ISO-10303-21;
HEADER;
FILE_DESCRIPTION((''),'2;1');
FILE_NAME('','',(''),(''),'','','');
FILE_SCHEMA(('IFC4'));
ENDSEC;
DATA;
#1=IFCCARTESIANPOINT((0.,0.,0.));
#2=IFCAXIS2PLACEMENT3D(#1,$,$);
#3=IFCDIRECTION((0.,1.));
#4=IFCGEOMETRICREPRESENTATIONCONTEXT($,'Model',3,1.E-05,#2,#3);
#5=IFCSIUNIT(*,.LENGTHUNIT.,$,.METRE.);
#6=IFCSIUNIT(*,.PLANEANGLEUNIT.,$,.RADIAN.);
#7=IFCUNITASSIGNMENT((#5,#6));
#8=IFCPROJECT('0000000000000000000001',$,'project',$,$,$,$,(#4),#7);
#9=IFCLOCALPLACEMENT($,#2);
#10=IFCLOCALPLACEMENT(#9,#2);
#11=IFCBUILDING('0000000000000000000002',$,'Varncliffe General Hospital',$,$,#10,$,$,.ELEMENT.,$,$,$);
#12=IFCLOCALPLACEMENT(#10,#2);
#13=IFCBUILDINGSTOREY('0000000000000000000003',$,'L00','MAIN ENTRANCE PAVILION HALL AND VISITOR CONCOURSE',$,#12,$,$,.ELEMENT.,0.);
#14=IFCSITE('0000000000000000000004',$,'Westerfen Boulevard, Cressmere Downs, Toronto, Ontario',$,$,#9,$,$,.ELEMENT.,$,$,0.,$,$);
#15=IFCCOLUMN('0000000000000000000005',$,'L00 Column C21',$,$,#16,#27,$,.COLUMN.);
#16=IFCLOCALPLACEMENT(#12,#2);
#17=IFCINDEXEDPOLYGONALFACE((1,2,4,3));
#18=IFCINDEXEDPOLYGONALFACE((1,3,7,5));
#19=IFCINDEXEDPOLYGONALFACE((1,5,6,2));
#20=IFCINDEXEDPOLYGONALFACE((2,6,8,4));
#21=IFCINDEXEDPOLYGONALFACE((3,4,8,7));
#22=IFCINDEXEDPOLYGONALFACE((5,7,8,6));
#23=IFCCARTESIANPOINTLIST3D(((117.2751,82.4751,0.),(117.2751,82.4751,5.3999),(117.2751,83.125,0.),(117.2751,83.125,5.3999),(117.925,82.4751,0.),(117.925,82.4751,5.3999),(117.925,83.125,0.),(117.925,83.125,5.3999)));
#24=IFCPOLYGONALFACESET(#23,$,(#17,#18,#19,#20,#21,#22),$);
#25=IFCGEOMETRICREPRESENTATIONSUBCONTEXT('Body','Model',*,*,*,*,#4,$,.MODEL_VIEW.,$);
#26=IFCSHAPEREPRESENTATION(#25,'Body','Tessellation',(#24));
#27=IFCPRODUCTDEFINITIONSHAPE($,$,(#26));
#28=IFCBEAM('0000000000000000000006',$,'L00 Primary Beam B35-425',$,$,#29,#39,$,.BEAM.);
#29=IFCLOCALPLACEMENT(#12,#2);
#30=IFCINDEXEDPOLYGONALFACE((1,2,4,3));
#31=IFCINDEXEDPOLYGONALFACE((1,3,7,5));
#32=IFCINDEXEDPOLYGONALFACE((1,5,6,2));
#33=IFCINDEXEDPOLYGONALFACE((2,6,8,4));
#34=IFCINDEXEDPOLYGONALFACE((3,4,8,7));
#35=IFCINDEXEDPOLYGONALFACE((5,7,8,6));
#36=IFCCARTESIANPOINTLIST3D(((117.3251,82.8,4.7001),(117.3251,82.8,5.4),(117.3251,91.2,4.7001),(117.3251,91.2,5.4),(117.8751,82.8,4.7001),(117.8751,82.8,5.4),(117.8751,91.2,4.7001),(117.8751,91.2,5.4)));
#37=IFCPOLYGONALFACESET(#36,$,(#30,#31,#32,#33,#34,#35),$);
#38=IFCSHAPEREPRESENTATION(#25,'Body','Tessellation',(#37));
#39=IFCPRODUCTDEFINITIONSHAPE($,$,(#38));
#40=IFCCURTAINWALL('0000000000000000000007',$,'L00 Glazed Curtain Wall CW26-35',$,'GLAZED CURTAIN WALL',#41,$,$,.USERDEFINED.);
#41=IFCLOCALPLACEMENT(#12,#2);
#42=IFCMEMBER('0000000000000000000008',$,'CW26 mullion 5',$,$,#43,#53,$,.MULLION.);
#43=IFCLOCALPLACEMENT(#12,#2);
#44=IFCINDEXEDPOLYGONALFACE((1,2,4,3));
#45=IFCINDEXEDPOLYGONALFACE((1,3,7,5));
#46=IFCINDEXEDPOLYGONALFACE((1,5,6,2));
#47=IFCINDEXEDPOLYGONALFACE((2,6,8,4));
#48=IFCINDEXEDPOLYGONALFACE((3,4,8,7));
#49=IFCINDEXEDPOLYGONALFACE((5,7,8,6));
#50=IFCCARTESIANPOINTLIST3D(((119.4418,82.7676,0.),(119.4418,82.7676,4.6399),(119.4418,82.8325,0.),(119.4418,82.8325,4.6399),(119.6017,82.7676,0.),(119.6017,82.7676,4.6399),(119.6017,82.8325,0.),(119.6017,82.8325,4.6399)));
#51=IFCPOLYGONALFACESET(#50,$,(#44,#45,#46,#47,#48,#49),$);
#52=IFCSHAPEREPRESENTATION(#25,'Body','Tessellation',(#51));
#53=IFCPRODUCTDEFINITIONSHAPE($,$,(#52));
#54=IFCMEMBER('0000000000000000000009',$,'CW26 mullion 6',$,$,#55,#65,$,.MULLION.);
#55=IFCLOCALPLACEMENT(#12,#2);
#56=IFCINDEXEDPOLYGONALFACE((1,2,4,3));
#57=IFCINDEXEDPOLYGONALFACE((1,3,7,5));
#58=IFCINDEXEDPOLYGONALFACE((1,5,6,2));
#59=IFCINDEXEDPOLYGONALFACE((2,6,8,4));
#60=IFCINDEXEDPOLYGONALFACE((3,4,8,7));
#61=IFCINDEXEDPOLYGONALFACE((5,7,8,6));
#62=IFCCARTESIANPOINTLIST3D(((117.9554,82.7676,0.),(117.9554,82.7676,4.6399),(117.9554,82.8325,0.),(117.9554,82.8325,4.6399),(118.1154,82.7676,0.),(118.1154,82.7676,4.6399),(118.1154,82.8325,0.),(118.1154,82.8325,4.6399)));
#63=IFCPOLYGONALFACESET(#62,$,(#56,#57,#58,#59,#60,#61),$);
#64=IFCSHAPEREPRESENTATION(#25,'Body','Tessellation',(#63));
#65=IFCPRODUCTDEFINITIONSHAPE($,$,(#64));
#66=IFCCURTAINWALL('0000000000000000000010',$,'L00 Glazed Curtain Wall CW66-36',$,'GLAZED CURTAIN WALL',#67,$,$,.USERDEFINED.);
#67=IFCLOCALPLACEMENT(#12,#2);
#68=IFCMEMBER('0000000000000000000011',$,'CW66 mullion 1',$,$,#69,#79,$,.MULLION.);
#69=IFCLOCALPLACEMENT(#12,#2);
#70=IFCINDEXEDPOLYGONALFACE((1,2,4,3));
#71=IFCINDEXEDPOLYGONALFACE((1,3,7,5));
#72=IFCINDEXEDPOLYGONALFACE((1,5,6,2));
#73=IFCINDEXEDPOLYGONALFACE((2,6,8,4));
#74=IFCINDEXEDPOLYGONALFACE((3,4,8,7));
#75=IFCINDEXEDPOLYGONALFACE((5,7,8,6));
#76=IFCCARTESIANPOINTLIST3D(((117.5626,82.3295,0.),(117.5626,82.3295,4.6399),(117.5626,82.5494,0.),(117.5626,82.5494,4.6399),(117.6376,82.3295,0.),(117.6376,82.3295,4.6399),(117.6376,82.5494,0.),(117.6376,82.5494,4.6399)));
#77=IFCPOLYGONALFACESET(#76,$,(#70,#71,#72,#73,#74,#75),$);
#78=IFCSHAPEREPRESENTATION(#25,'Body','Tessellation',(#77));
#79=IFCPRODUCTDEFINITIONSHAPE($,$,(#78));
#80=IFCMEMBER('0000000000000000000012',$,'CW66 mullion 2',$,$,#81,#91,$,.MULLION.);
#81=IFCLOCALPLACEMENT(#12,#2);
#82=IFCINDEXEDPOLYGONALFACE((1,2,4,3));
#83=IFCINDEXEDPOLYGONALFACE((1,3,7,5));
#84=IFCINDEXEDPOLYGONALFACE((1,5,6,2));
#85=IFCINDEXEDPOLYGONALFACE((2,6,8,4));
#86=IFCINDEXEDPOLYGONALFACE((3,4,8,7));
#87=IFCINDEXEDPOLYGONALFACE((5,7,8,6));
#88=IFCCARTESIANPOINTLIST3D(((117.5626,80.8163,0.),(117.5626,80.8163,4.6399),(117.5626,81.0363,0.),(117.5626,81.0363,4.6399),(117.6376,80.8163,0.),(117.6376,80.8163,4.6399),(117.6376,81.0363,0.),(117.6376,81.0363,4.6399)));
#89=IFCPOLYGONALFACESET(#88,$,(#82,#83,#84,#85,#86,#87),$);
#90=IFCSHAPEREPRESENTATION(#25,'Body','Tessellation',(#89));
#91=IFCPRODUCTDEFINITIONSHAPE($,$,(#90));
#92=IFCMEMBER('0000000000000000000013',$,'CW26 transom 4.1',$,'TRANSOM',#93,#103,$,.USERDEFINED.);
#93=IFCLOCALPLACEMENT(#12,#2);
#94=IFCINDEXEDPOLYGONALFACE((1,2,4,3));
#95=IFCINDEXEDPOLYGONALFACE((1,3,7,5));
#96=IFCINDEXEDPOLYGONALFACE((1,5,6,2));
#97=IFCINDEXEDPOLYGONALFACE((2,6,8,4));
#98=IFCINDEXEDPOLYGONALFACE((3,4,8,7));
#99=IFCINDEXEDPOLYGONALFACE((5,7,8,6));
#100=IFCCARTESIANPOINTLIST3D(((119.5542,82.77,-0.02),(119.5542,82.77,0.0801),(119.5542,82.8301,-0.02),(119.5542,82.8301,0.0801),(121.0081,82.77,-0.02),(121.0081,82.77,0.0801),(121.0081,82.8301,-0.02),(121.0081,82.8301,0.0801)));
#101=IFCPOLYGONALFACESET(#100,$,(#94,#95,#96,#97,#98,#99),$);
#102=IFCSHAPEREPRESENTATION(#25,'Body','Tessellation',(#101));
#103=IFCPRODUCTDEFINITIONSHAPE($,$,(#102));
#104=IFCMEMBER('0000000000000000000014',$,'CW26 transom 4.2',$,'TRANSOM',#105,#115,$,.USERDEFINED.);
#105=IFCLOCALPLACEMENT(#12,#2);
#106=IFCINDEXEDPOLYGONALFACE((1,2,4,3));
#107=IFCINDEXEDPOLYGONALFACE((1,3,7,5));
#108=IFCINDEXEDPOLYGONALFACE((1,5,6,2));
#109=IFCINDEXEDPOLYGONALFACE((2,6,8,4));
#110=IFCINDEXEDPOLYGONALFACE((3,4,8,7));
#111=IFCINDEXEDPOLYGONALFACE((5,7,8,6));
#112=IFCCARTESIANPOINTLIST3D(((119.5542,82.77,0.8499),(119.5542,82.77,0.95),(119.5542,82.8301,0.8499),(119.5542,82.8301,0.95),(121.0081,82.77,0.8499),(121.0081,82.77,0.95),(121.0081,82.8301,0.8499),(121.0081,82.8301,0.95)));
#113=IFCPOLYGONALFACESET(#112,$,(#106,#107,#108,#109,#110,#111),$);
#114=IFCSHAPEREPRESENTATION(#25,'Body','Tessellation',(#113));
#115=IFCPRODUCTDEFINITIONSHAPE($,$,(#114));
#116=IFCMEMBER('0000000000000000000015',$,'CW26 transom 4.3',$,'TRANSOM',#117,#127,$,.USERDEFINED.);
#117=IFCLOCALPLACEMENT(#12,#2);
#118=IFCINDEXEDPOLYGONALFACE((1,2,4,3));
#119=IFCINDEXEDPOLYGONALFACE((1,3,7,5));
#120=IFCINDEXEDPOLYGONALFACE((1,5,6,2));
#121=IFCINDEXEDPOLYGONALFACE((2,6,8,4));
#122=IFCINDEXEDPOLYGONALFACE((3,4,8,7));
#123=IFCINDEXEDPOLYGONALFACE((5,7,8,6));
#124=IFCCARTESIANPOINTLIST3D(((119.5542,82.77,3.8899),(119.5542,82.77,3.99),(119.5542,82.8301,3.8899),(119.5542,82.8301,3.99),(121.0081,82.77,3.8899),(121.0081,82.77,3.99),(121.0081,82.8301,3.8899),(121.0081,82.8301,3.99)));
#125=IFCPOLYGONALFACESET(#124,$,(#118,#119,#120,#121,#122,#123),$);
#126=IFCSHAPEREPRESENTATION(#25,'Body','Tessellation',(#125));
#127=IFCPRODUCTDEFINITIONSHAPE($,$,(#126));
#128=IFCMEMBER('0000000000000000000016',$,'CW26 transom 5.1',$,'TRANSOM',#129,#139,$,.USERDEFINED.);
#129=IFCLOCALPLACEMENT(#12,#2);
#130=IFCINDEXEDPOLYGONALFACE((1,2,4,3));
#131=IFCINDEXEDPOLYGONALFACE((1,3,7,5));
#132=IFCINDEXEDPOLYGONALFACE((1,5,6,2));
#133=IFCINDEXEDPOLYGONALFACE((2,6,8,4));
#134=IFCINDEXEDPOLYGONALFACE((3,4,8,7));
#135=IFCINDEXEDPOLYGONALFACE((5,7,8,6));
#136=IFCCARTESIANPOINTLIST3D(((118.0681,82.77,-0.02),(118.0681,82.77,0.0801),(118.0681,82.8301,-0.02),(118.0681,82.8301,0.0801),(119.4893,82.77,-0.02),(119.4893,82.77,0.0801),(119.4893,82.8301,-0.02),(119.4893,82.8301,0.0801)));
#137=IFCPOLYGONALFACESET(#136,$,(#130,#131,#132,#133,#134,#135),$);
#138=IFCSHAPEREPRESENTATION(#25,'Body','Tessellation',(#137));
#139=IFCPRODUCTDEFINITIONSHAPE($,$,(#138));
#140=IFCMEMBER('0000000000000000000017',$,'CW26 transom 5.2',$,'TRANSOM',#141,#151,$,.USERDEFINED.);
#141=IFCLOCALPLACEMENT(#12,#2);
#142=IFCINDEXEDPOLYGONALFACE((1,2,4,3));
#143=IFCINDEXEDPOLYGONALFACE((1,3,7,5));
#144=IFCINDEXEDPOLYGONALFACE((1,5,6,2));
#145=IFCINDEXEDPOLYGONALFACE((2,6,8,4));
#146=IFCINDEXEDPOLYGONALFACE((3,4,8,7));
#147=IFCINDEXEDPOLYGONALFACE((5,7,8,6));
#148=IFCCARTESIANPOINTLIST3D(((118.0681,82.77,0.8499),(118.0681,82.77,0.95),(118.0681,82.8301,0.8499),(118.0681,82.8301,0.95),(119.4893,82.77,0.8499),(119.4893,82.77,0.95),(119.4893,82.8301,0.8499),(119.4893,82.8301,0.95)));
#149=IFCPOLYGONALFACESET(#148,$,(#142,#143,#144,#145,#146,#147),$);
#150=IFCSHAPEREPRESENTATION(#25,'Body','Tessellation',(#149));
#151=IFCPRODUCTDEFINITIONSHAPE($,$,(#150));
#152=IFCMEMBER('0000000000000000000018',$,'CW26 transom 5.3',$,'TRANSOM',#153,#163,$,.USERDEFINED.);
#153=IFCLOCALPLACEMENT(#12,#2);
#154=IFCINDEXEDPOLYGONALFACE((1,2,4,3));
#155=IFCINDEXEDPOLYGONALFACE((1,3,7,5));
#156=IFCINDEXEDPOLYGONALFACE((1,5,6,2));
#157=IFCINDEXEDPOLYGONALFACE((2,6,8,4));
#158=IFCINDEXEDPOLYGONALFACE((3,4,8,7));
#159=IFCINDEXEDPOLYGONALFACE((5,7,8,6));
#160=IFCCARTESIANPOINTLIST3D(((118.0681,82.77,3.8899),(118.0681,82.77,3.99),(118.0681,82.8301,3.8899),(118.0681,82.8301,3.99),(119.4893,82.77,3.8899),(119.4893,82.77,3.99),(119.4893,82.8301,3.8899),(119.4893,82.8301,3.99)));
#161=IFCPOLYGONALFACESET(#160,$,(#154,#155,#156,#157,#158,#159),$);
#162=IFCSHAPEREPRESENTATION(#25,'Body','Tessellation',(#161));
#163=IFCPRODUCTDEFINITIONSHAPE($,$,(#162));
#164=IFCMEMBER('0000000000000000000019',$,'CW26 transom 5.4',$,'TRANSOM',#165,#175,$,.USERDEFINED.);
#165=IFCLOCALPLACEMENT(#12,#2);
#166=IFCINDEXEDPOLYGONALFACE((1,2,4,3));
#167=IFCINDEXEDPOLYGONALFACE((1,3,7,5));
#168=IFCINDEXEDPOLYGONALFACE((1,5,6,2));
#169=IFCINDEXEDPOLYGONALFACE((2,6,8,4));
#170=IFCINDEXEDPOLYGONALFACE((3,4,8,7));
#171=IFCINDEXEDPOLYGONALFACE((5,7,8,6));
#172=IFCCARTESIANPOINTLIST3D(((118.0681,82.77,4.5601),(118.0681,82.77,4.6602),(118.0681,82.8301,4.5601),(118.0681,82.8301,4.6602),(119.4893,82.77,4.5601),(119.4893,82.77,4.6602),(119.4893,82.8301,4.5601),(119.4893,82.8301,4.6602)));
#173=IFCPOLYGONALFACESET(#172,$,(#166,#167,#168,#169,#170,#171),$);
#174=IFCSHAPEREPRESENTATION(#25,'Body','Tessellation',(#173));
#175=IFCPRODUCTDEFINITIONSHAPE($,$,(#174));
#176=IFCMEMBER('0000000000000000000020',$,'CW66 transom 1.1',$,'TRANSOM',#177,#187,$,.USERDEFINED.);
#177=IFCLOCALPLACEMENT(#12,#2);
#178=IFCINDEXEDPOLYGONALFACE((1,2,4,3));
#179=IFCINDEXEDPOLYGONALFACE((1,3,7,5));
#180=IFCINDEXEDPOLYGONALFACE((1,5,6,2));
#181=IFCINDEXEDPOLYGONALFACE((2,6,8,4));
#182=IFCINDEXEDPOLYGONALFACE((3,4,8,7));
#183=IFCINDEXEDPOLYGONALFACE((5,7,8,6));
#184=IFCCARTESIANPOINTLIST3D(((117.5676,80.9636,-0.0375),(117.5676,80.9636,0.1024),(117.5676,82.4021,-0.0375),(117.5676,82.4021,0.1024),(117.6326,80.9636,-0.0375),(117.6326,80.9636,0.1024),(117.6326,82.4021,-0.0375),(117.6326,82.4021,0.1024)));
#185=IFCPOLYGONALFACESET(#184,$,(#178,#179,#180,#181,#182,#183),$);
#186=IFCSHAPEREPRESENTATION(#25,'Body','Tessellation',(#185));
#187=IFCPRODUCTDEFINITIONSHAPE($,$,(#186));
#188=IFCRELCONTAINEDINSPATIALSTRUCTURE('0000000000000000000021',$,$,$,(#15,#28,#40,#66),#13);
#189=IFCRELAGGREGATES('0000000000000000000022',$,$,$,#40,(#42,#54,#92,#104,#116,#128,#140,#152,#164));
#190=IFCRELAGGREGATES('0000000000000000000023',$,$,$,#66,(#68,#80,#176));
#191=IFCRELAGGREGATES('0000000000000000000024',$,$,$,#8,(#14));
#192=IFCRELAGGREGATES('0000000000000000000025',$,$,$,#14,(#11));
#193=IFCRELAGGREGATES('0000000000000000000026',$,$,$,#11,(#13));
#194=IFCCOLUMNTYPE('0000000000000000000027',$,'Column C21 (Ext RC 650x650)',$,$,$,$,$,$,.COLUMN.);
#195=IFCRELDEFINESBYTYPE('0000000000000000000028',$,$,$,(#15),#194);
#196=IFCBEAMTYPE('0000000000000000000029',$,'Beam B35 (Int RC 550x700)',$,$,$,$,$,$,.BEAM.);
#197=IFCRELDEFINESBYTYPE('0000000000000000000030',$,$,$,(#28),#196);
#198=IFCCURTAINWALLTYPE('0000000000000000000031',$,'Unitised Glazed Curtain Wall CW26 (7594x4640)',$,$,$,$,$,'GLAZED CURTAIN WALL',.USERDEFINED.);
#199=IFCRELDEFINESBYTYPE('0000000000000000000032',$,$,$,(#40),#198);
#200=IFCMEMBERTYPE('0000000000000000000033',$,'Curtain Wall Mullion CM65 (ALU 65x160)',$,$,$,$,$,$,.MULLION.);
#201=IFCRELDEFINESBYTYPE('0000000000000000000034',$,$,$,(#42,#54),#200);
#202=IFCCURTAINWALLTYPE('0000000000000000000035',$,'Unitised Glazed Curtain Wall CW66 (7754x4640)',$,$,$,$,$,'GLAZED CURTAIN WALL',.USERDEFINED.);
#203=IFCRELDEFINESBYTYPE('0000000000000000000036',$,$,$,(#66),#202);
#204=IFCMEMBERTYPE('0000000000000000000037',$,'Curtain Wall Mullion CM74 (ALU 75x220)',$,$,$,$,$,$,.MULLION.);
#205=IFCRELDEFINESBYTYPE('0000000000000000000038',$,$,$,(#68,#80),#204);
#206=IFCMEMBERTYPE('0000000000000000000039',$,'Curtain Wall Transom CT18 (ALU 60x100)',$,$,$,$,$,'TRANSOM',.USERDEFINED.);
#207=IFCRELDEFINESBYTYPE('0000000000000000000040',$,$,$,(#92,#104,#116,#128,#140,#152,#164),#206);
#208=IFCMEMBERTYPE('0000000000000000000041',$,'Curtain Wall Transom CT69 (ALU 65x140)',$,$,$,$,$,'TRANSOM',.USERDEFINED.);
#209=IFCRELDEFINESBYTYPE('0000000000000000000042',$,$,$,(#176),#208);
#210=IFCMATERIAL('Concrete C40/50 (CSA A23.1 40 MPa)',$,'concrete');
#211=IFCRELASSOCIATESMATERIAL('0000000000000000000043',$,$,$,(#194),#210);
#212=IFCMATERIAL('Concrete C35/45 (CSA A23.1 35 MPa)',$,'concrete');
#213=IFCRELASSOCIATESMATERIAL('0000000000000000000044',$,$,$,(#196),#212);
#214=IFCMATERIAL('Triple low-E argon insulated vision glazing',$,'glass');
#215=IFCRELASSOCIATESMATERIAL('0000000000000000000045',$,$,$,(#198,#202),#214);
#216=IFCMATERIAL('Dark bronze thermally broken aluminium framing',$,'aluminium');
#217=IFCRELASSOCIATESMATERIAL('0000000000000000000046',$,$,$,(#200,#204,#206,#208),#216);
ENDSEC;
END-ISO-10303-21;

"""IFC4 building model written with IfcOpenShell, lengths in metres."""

from ifc_helpers import new_model, si_unit, direction, frame, origin, origin_2d, place, context, subcontext, project, spatial, rectangle, extrude, material, material_profile, profile_set, type_object, element, aggregate, save


model = new_model("IFC4")

# Units and contexts
model_context = context("Model", 3, precision=1e-05, world=origin(), true_north=direction((0.0, 1.0)))
body_context = subcontext(model_context, "Body", "Model", "MODEL_VIEW")
ifc_project = project(units=[si_unit("LENGTHUNIT", "METRE"), si_unit("PLANEANGLEUNIT", "RADIAN")], contexts=[model_context])

# Site, building, storey
site_placement = place(None, origin())
site = spatial("IfcSite", under=ifc_project, at=site_placement, Name="Westerfen Boulevard, Cressmere Downs, Toronto, Ontario", CompositionType="ELEMENT", RefElevation=0.0)
building_placement = place(site_placement, origin())
building = spatial("IfcBuilding", under=site, at=building_placement, Name="Varncliffe General Hospital", CompositionType="ELEMENT")
storey_placement = place(building_placement, origin())
storey = spatial("IfcBuildingStorey", under=building, at=storey_placement, Name="L00", Description="MAIN ENTRANCE PAVILION HALL AND VISITOR CONCOURSE", CompositionType="ELEMENT", Elevation=0.0)

# Column
ifc_material_1 = material(Name="Concrete C40/50 (CSA A23.1 40 MPa)", Category="concrete")
ifc_material_profile_1 = material_profile(ifc_material_1, rectangle(XDim=0.6499, YDim=0.6499, at=origin_2d()), Name="RC 650x650")
ifc_profile_set_1 = profile_set([ifc_material_profile_1], Name="Concrete C40/50 (CSA A23.1 40 MPa)")
column_type = type_object("IfcColumnType", Name="Column C21 (Ext RC 650x650)", PredefinedType="COLUMN", material=ifc_profile_set_1)
column_placement = place(storey_placement, frame((117.6001, 82.8, 0.0), z_axis=(0.0, 0.0, 1.0), x_axis=(1.0, 0.0, 0.0)))
element("IfcColumn", 1, at=column_placement, inside=storey, type_object=column_type, Name="L00 Column C21", PredefinedType="COLUMN", context=body_context, shape_type="SweptSolid", body=[
    extrude(rectangle(XDim=0.6499, YDim=0.6499, at=origin_2d()), origin(), (0.0, 0.0, 1.0), 5.3999),
])

# Beam
ifc_material_2 = material(Name="Concrete C35/45 (CSA A23.1 35 MPa)", Category="concrete")
ifc_material_profile_2 = material_profile(ifc_material_2, rectangle(XDim=0.55, YDim=0.7, at=origin_2d()), Name="RC 550x700")
ifc_profile_set_2 = profile_set([ifc_material_profile_2], Name="Concrete C35/45 (CSA A23.1 35 MPa)")
beam_type_1 = type_object("IfcBeamType", Name="Beam B35 (Int RC 550x700)", PredefinedType="BEAM", material=ifc_profile_set_2)
beam_1_placement = place(storey_placement, frame((117.6001, 82.8, 5.05), z_axis=(0.0, 1.0, 0.0), x_axis=(-1.0, 0.0, 0.0)))
element("IfcBeam", 2, at=beam_1_placement, inside=storey, type_object=beam_type_1, Name="L00 Primary Beam B35-425", PredefinedType="BEAM", context=body_context, shape_type="SweptSolid", body=[
    extrude(rectangle(XDim=0.55, YDim=0.7, at=origin_2d()), origin(), (0.0, 0.0, 1.0), 8.3999),
])

# Curtain walls, members
ifc_material_3 = material(Name="Triple low-E argon insulated vision glazing", Category="glass")
curtain_wall_type_1 = type_object("IfcCurtainWallType", Name="Unitised Glazed Curtain Wall CW26 (7594x4640)", ElementType="GLAZED CURTAIN WALL", PredefinedType="USERDEFINED", material=ifc_material_3)
curtain_wall_1_placement = place(storey_placement, origin())
curtain_wall_1 = element("IfcCurtainWall", 3, at=curtain_wall_1_placement, inside=storey, type_object=curtain_wall_type_1, Name="L00 Glazed Curtain Wall CW26-35", ObjectType="GLAZED CURTAIN WALL", PredefinedType="USERDEFINED")
ifc_material_4 = material(Name="Dark bronze thermally broken aluminium framing", Category="aluminium")
ifc_material_profile_3 = material_profile(ifc_material_4, rectangle(XDim=0.0649, YDim=0.1599, at=origin_2d()), Name="ALU 65x160")
ifc_profile_set_3 = profile_set([ifc_material_profile_3], Name="Dark bronze thermally broken aluminium framing")
member_type_1 = type_object("IfcMemberType", Name="Curtain Wall Mullion CM65 (ALU 65x160)", PredefinedType="MULLION", material=ifc_profile_set_3)
member_1_placement = place(storey_placement, frame((119.5217, 82.8, 0.0), z_axis=(0.0, 0.0, 1.0), x_axis=(0.0, -1.0, 0.0)))
member_1 = element("IfcMember", 4, at=member_1_placement, type_object=member_type_1, Name="CW26 mullion 5", PredefinedType="MULLION", context=body_context, shape_type="SweptSolid", body=[
    extrude(rectangle(XDim=0.0649, YDim=0.1599, at=origin_2d()), origin(), (0.0, 0.0, 1.0), 4.6399),
])
member_2_placement = place(storey_placement, frame((118.0354, 82.8, 0.0), z_axis=(0.0, 0.0, 1.0), x_axis=(0.0, -1.0, 0.0)))
member_2 = element("IfcMember", 5, at=member_2_placement, type_object=member_type_1, Name="CW26 mullion 6", PredefinedType="MULLION", context=body_context, shape_type="SweptSolid", body=[
    extrude(rectangle(XDim=0.0649, YDim=0.1599, at=origin_2d()), origin(), (0.0, 0.0, 1.0), 4.6399),
])
curtain_wall_type_2 = type_object("IfcCurtainWallType", Name="Unitised Glazed Curtain Wall CW66 (7754x4640)", ElementType="GLAZED CURTAIN WALL", PredefinedType="USERDEFINED", material=ifc_material_3)
curtain_wall_2_placement = place(storey_placement, origin())
curtain_wall_2 = element("IfcCurtainWall", 6, at=curtain_wall_2_placement, inside=storey, type_object=curtain_wall_type_2, Name="L00 Glazed Curtain Wall CW66-36", ObjectType="GLAZED CURTAIN WALL", PredefinedType="USERDEFINED")
ifc_material_profile_4 = material_profile(ifc_material_4, rectangle(XDim=0.075, YDim=0.22, at=origin_2d()), Name="ALU 75x220")
ifc_profile_set_4 = profile_set([ifc_material_profile_4], Name="Dark bronze thermally broken aluminium framing")
member_type_2 = type_object("IfcMemberType", Name="Curtain Wall Mullion CM74 (ALU 75x220)", PredefinedType="MULLION", material=ifc_profile_set_4)
member_3_placement = place(storey_placement, frame((117.6001, 82.4395, 0.0), z_axis=(0.0, 0.0, 1.0), x_axis=(1.0, 0.0, 0.0)))
member_3 = element("IfcMember", 7, at=member_3_placement, type_object=member_type_2, Name="CW66 mullion 1", PredefinedType="MULLION", context=body_context, shape_type="SweptSolid", body=[
    extrude(rectangle(XDim=0.075, YDim=0.22, at=origin_2d()), origin(), (0.0, 0.0, 1.0), 4.6399),
])
member_4_placement = place(storey_placement, frame((117.6001, 80.9263, 0.0), z_axis=(0.0, 0.0, 1.0), x_axis=(1.0, 0.0, 0.0)))
member_4 = element("IfcMember", 8, at=member_4_placement, type_object=member_type_2, Name="CW66 mullion 2", PredefinedType="MULLION", context=body_context, shape_type="SweptSolid", body=[
    extrude(rectangle(XDim=0.075, YDim=0.22, at=origin_2d()), origin(), (0.0, 0.0, 1.0), 4.6399),
])

# Members
ifc_material_profile_5 = material_profile(ifc_material_4, rectangle(XDim=0.0601, YDim=0.1001, at=origin_2d()), Name="ALU 60x100")
ifc_profile_set_5 = profile_set([ifc_material_profile_5], Name="Dark bronze thermally broken aluminium framing")
member_type_3 = type_object("IfcMemberType", Name="Curtain Wall Transom CT18 (ALU 60x100)", ElementType="TRANSOM", PredefinedType="USERDEFINED", material=ifc_profile_set_5)
member_5_placement = place(storey_placement, frame((121.0081, 82.8, 0.03), z_axis=(-1.0, 0.0, 0.0), x_axis=(0.0, -1.0, 0.0)))
member_5 = element("IfcMember", 9, at=member_5_placement, type_object=member_type_3, Name="CW26 transom 4.1", ObjectType="TRANSOM", PredefinedType="USERDEFINED", context=body_context, shape_type="SweptSolid", body=[
    extrude(rectangle(XDim=0.0601, YDim=0.1001, at=origin_2d()), origin(), (0.0, 0.0, 1.0), 1.4539),
])
member_6_placement = place(storey_placement, frame((121.0081, 82.8, 0.8999), z_axis=(-1.0, 0.0, 0.0), x_axis=(0.0, -1.0, 0.0)))
member_6 = element("IfcMember", 10, at=member_6_placement, type_object=member_type_3, Name="CW26 transom 4.2", ObjectType="TRANSOM", PredefinedType="USERDEFINED", context=body_context, shape_type="SweptSolid", body=[
    extrude(rectangle(XDim=0.0601, YDim=0.1001, at=origin_2d()), origin(), (0.0, 0.0, 1.0), 1.4539),
])
member_7_placement = place(storey_placement, frame((121.0081, 82.8, 3.9399), z_axis=(-1.0, 0.0, 0.0), x_axis=(0.0, -1.0, 0.0)))
member_7 = element("IfcMember", 11, at=member_7_placement, type_object=member_type_3, Name="CW26 transom 4.3", ObjectType="TRANSOM", PredefinedType="USERDEFINED", context=body_context, shape_type="SweptSolid", body=[
    extrude(rectangle(XDim=0.0601, YDim=0.1001, at=origin_2d()), origin(), (0.0, 0.0, 1.0), 1.4539),
])
member_8_placement = place(storey_placement, frame((119.4893, 82.8, 0.03), z_axis=(-1.0, 0.0, 0.0), x_axis=(0.0, -1.0, 0.0)))
member_8 = element("IfcMember", 12, at=member_8_placement, type_object=member_type_3, Name="CW26 transom 5.1", ObjectType="TRANSOM", PredefinedType="USERDEFINED", context=body_context, shape_type="SweptSolid", body=[
    extrude(rectangle(XDim=0.0601, YDim=0.1001, at=origin_2d()), origin(), (0.0, 0.0, 1.0), 1.4211),
])
member_9_placement = place(storey_placement, frame((119.4893, 82.8, 0.8999), z_axis=(-1.0, 0.0, 0.0), x_axis=(0.0, -1.0, 0.0)))
member_9 = element("IfcMember", 13, at=member_9_placement, type_object=member_type_3, Name="CW26 transom 5.2", ObjectType="TRANSOM", PredefinedType="USERDEFINED", context=body_context, shape_type="SweptSolid", body=[
    extrude(rectangle(XDim=0.0601, YDim=0.1001, at=origin_2d()), origin(), (0.0, 0.0, 1.0), 1.4211),
])
member_10_placement = place(storey_placement, frame((119.4893, 82.8, 3.9399), z_axis=(-1.0, 0.0, 0.0), x_axis=(0.0, -1.0, 0.0)))
member_10 = element("IfcMember", 14, at=member_10_placement, type_object=member_type_3, Name="CW26 transom 5.3", ObjectType="TRANSOM", PredefinedType="USERDEFINED", context=body_context, shape_type="SweptSolid", body=[
    extrude(rectangle(XDim=0.0601, YDim=0.1001, at=origin_2d()), origin(), (0.0, 0.0, 1.0), 1.4211),
])
member_11_placement = place(storey_placement, frame((119.4893, 82.8, 4.6101), z_axis=(-1.0, 0.0, 0.0), x_axis=(0.0, -1.0, 0.0)))
member_11 = element("IfcMember", 15, at=member_11_placement, type_object=member_type_3, Name="CW26 transom 5.4", ObjectType="TRANSOM", PredefinedType="USERDEFINED", context=body_context, shape_type="SweptSolid", body=[
    extrude(rectangle(XDim=0.0601, YDim=0.1001, at=origin_2d()), origin(), (0.0, 0.0, 1.0), 1.4211),
])
ifc_material_profile_6 = material_profile(ifc_material_4, rectangle(XDim=0.0649, YDim=0.1399, at=origin_2d()), Name="ALU 65x140")
ifc_profile_set_6 = profile_set([ifc_material_profile_6], Name="Dark bronze thermally broken aluminium framing")
member_type_4 = type_object("IfcMemberType", Name="Curtain Wall Transom CT69 (ALU 65x140)", ElementType="TRANSOM", PredefinedType="USERDEFINED", material=ifc_profile_set_6)
member_12_placement = place(storey_placement, frame((117.6001, 82.4021, 0.0325), z_axis=(0.0, -1.0, 0.0), x_axis=(1.0, 0.0, 0.0)))
member_12 = element("IfcMember", 16, at=member_12_placement, type_object=member_type_4, Name="CW66 transom 1.1", ObjectType="TRANSOM", PredefinedType="USERDEFINED", context=body_context, shape_type="SweptSolid", body=[
    extrude(rectangle(XDim=0.0649, YDim=0.1399, at=origin_2d()), origin(), (0.0, 0.0, 1.0), 1.4385),
])

aggregate(curtain_wall_1, [member_1, member_2, member_5, member_6, member_7, member_8, member_9, member_10, member_11])
aggregate(curtain_wall_2, [member_3, member_4, member_12])

save(model, "model.ifc")
